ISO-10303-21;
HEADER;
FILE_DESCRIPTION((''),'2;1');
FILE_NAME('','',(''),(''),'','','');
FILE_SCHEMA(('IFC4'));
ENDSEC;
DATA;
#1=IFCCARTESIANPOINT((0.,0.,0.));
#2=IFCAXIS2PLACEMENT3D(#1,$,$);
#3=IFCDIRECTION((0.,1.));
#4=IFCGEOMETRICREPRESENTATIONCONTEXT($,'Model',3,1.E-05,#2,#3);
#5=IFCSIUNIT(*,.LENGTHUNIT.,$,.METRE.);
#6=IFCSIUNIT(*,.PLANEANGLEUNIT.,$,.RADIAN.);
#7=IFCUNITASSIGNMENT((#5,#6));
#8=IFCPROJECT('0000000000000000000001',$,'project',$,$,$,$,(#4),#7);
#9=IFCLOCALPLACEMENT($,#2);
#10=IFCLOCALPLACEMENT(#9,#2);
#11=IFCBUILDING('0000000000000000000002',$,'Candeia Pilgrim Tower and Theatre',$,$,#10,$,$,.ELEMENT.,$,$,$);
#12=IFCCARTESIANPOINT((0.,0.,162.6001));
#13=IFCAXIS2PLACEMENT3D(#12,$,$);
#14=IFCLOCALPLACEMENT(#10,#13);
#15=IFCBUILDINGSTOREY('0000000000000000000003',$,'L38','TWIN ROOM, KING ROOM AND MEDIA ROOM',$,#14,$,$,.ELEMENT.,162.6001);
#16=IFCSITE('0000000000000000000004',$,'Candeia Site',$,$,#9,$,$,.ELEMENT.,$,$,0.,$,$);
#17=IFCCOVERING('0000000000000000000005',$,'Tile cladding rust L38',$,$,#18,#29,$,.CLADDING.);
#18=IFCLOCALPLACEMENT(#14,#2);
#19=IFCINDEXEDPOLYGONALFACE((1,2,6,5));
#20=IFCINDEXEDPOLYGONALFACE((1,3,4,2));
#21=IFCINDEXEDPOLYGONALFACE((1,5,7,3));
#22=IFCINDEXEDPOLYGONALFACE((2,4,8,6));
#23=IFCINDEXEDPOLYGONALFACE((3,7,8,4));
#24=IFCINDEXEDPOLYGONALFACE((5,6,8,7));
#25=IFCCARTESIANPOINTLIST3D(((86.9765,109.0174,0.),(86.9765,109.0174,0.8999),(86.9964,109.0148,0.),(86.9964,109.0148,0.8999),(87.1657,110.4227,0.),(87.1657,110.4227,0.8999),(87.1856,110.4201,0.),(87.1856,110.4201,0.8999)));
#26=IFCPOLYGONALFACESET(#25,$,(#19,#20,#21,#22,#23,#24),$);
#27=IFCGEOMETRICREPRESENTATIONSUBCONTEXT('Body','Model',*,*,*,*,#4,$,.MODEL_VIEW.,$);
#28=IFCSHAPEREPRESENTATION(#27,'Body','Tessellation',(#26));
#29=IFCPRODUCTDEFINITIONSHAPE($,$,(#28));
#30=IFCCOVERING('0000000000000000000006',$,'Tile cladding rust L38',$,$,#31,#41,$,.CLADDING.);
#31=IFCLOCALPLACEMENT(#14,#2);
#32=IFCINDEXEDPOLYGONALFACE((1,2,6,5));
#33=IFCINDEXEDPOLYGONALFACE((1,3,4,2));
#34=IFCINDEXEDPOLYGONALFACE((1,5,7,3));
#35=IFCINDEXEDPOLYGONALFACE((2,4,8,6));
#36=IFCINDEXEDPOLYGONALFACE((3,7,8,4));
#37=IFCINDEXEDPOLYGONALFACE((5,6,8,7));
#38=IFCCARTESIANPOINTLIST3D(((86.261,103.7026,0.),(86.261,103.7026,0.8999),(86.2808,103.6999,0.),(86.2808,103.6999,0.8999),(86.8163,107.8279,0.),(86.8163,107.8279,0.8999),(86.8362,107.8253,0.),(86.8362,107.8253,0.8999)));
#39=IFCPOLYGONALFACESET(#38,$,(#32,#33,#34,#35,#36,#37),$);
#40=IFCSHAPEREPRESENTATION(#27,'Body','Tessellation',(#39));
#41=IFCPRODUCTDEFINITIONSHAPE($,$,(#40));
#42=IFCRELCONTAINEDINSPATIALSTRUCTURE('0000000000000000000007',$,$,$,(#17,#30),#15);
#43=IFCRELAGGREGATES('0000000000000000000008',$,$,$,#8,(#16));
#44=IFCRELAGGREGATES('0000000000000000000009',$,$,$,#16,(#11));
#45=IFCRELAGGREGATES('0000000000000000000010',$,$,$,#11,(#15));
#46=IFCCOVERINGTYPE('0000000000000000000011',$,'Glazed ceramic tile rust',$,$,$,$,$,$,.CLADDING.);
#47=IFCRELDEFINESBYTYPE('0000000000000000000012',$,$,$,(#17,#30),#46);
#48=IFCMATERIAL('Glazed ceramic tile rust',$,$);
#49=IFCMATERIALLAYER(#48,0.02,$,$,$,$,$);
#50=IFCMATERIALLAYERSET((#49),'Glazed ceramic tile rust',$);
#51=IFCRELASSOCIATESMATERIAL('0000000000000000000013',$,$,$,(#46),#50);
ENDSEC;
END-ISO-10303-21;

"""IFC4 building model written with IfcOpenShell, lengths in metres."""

from ifc_helpers import new_model, si_unit, direction, frame, origin, origin_2d, place, context, subcontext, project, spatial, rectangle, extrude, material, layer, layer_set, type_object, element, save


model = new_model("IFC4")

# Units and contexts
model_context = context("Model", 3, precision=1e-05, world=origin(), true_north=direction((0.0, 1.0)))
body_context = subcontext(model_context, "Body", "Model", "MODEL_VIEW")
ifc_project = project(units=[si_unit("LENGTHUNIT", "METRE"), si_unit("PLANEANGLEUNIT", "RADIAN")], contexts=[model_context])

# Site, building, storey
site_placement = place(None, origin())
site = spatial("IfcSite", under=ifc_project, at=site_placement, Name="Candeia Site", CompositionType="ELEMENT", RefElevation=0.0)
building_placement = place(site_placement, origin())
building = spatial("IfcBuilding", under=site, at=building_placement, Name="Candeia Pilgrim Tower and Theatre", CompositionType="ELEMENT")
storey_placement = place(building_placement, frame((0.0, 0.0, 162.6001)))
storey = spatial("IfcBuildingStorey", under=building, at=storey_placement, Name="L38", Description="TWIN ROOM, KING ROOM AND MEDIA ROOM", CompositionType="ELEMENT", Elevation=162.6001)

# Coverings
ifc_material_1 = material(Name="Glazed ceramic tile rust")
ifc_layer_1 = layer(ifc_material_1, 0.02)
ifc_layer_set_1 = layer_set([ifc_layer_1], Name="Glazed ceramic tile rust")
covering_type = type_object("IfcCoveringType", Name="Glazed ceramic tile rust", PredefinedType="CLADDING", material=ifc_layer_set_1)
covering_1_placement = place(storey_placement, frame((87.0811, 109.7188, 0.0), z_axis=(0.0, 0.0, 1.0), x_axis=(-0.133412, -0.991061, 0.0)))
element("IfcCovering", 1, at=covering_1_placement, inside=storey, type_object=covering_type, Name="Tile cladding rust L38", PredefinedType="CLADDING", context=body_context, shape_type="SweptSolid", body=[
    extrude(rectangle(XDim=1.418, YDim=0.02, at=origin_2d()), origin(), (0.0, 0.0, 1.0), 0.8999),
])
covering_2_placement = place(storey_placement, frame((86.5486, 105.7639, 0.0), z_axis=(0.0, 0.0, 1.0), x_axis=(-0.133412, -0.991061, 0.0)))
element("IfcCovering", 2, at=covering_2_placement, inside=storey, type_object=covering_type, Name="Tile cladding rust L38", PredefinedType="CLADDING", context=body_context, shape_type="SweptSolid", body=[
    extrude(rectangle(XDim=4.1626, YDim=0.02, at=origin_2d()), origin(), (0.0, 0.0, 1.0), 0.8999),
])

save(model, "model.ifc")
